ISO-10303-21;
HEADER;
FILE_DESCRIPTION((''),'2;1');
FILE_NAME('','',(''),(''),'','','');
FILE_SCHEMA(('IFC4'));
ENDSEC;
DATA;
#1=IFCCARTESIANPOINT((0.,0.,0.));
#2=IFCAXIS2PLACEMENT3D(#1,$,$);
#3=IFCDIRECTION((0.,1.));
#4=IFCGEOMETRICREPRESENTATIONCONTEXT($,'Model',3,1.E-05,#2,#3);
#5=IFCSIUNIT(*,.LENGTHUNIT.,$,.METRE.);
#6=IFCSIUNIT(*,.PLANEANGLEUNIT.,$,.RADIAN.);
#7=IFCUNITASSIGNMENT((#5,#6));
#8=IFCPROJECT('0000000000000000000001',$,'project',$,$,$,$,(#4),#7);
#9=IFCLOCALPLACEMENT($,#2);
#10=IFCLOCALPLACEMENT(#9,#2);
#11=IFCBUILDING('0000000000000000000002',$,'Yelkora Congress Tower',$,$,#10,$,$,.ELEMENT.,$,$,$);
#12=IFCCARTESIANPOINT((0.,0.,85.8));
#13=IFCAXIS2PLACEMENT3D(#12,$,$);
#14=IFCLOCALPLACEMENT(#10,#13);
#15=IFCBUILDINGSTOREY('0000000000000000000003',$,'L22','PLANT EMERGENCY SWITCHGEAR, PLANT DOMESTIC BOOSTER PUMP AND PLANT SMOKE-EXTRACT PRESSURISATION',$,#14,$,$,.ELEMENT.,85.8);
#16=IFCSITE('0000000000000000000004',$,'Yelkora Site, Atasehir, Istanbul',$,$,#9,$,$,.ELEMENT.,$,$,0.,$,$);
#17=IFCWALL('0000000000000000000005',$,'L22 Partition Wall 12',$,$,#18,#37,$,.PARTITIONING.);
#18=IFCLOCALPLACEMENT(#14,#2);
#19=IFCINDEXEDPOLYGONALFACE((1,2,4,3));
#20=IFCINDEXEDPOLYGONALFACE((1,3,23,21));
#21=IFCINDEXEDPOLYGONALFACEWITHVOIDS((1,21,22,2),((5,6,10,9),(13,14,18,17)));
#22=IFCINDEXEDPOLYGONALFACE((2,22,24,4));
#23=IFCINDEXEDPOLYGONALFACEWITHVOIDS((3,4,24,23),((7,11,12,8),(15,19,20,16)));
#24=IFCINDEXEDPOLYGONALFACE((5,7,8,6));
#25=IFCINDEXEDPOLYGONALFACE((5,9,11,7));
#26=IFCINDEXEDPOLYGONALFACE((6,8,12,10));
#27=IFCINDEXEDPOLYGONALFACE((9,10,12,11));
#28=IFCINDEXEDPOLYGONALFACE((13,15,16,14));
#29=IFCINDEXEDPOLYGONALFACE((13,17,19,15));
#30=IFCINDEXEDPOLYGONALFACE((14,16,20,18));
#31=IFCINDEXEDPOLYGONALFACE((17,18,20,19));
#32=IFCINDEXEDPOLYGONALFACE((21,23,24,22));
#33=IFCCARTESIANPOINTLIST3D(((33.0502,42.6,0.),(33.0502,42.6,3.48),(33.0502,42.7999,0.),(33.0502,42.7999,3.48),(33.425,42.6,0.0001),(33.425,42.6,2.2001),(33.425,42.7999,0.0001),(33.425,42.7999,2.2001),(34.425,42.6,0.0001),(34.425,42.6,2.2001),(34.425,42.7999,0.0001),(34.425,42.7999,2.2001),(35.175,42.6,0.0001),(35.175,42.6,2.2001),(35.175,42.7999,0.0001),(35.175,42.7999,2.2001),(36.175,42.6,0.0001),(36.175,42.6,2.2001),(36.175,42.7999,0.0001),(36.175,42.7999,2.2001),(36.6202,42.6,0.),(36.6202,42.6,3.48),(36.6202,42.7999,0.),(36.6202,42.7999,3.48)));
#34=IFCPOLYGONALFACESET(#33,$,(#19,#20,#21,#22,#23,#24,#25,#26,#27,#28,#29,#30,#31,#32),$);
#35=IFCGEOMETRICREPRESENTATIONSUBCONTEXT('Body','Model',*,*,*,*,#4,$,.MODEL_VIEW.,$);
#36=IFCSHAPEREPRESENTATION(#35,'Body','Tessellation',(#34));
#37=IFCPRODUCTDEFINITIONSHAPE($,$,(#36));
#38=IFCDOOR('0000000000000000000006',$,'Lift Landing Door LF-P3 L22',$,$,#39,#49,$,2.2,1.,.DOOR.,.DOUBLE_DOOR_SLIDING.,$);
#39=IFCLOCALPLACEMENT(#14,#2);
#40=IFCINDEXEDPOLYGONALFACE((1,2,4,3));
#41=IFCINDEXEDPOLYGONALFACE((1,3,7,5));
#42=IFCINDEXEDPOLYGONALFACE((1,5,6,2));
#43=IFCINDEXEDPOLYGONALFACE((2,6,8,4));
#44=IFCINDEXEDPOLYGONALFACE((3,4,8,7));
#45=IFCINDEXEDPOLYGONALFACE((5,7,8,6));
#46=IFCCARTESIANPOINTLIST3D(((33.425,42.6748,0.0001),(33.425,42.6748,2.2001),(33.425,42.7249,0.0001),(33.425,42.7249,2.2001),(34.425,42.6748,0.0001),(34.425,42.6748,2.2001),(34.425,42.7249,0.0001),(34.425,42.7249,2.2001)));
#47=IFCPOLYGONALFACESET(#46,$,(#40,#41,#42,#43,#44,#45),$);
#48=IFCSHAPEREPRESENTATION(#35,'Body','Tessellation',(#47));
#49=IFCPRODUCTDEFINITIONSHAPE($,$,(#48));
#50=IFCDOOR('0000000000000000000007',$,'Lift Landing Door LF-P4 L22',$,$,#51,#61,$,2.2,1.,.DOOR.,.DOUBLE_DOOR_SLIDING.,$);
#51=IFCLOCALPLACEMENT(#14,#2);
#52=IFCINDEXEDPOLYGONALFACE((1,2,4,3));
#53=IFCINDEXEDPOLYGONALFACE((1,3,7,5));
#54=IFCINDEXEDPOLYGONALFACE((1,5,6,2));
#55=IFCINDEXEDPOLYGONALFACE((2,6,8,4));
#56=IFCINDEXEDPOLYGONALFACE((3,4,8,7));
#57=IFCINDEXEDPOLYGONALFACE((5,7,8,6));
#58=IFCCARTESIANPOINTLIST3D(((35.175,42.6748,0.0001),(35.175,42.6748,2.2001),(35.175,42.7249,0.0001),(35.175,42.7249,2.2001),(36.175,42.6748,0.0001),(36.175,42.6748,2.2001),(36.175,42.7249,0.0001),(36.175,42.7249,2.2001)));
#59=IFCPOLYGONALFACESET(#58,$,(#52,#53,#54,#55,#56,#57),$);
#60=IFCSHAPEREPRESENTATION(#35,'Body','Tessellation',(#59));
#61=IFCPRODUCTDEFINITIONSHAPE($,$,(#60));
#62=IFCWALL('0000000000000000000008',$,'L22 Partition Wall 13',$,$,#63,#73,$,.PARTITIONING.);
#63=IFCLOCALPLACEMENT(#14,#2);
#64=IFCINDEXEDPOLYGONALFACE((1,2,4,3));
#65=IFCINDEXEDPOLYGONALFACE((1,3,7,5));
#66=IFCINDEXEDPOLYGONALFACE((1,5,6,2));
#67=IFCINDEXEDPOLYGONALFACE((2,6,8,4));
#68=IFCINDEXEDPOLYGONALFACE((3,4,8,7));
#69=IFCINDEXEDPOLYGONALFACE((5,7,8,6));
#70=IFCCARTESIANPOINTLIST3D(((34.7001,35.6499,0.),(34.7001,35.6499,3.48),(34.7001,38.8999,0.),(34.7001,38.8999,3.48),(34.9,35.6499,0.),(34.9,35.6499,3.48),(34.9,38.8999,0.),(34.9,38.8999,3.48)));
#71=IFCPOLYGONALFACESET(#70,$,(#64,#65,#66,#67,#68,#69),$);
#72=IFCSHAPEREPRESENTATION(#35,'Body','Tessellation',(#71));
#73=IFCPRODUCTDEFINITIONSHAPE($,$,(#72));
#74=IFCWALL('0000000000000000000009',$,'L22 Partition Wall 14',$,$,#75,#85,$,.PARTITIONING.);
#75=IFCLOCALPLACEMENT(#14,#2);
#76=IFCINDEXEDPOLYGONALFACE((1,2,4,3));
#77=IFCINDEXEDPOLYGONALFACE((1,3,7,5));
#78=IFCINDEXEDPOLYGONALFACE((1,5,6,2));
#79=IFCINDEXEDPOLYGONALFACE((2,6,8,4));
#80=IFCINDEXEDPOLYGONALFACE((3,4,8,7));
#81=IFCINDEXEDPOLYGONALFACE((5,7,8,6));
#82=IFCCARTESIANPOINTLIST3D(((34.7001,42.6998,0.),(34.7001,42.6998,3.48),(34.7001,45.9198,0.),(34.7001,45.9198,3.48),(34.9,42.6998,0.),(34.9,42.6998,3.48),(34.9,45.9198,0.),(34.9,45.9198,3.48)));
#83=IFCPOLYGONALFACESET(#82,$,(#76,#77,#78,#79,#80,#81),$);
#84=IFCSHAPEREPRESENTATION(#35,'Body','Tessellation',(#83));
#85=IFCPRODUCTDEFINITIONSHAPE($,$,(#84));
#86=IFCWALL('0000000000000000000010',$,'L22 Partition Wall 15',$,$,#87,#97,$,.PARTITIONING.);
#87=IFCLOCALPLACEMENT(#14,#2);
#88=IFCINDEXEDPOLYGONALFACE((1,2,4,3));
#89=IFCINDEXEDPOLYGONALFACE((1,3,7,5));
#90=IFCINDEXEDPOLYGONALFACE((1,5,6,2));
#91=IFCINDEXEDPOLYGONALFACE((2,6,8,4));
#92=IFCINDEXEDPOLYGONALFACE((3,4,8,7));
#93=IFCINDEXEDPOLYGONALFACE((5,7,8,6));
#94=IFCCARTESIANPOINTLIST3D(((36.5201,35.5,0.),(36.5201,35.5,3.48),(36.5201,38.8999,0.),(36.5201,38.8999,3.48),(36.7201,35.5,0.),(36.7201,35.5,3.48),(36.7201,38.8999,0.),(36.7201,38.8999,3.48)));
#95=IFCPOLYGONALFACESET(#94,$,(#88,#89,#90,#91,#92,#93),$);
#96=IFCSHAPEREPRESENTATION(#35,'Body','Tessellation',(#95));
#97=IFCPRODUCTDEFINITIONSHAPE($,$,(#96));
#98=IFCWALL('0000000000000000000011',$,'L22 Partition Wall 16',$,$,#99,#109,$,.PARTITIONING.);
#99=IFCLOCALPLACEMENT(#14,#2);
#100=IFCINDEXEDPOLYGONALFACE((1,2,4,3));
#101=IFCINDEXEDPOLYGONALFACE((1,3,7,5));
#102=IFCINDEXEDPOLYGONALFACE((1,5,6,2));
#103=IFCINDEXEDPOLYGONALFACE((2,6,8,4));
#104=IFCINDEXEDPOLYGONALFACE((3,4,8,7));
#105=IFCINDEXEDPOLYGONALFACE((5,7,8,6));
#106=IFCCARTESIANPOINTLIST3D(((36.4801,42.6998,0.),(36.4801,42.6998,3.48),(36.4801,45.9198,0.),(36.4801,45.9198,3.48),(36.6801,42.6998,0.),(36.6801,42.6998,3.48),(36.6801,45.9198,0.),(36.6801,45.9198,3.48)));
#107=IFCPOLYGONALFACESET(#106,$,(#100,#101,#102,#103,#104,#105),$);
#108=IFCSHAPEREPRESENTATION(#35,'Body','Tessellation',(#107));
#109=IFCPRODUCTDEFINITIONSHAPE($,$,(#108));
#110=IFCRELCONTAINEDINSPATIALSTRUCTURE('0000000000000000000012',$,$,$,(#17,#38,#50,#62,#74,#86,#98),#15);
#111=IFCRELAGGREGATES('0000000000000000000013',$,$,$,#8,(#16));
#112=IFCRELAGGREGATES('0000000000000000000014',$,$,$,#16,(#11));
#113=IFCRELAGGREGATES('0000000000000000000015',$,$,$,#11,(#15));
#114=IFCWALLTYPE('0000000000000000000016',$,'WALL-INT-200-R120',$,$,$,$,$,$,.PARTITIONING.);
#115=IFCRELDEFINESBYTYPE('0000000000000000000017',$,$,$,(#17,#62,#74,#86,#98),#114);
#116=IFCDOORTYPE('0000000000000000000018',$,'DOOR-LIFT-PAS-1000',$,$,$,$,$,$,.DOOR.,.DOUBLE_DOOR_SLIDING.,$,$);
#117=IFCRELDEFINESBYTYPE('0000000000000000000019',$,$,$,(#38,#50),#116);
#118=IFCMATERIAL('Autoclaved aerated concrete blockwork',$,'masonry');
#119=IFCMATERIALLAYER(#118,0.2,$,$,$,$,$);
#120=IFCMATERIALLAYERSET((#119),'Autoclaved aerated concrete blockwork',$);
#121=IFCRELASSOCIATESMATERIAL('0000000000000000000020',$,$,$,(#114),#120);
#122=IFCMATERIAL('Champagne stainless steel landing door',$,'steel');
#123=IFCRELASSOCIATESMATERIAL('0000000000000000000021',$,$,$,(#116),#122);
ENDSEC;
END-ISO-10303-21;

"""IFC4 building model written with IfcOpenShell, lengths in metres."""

from ifc_helpers import new_model, si_unit, direction, frame, frame_2d, origin, place, context, subcontext, project, spatial, rectangle, extrude, material, layer, layer_set, type_object, element, fill, save


model = new_model("IFC4")

# Units and contexts
model_context = context("Model", 3, precision=1e-05, world=origin(), true_north=direction((0.0, 1.0)))
body_context = subcontext(model_context, "Body", "Model", "MODEL_VIEW")
ifc_project = project(units=[si_unit("LENGTHUNIT", "METRE"), si_unit("PLANEANGLEUNIT", "RADIAN")], contexts=[model_context])

# Site, building, storey
site_placement = place(None, origin())
site = spatial("IfcSite", under=ifc_project, at=site_placement, Name="Yelkora Site, Atasehir, Istanbul", CompositionType="ELEMENT", RefElevation=0.0)
building_placement = place(site_placement, origin())
building = spatial("IfcBuilding", under=site, at=building_placement, Name="Yelkora Congress Tower", CompositionType="ELEMENT")
storey_placement = place(building_placement, frame((0.0, 0.0, 85.8)))
storey = spatial("IfcBuildingStorey", under=building, at=storey_placement, Name="L22", Description="PLANT EMERGENCY SWITCHGEAR, PLANT DOMESTIC BOOSTER PUMP AND PLANT SMOKE-EXTRACT PRESSURISATION", CompositionType="ELEMENT", Elevation=85.8)

# Shared definitions
ifc_material_1 = material(Name="Autoclaved aerated concrete blockwork", Category="masonry")
ifc_layer_1 = layer(ifc_material_1, 0.2)
ifc_layer_set_1 = layer_set([ifc_layer_1], Name="Autoclaved aerated concrete blockwork")
wall_type_1 = type_object("IfcWallType", Name="WALL-INT-200-R120", PredefinedType="PARTITIONING", material=ifc_layer_set_1)

# Wall, openings, doors
ifc_material_2 = material(Name="Champagne stainless steel landing door", Category="steel")
door_type_1 = type_object("IfcDoorType", Name="DOOR-LIFT-PAS-1000", OperationType="DOUBLE_DOOR_SLIDING", PredefinedType="DOOR", material=ifc_material_2)
wall_1_placement = place(storey_placement, frame((33.05, 42.7, 0.0), z_axis=(0.0, 0.0, 1.0), x_axis=(1.0, 0.0, 0.0)))
wall_1 = element("IfcWall", 1, at=wall_1_placement, inside=storey, type_object=wall_type_1, Name="L22 Partition Wall 12", PredefinedType="PARTITIONING", context=body_context, shape_type="SweptSolid", body=[
    extrude(rectangle(XDim=3.5701, YDim=0.2, at=frame_2d((1.7852, 0.0))), origin(), (0.0, 0.0, 1.0), 3.48),
])
opening_1_placement = place(wall_1_placement, frame((0.375, 0.0, 0.0)))
opening_1 = element("IfcOpeningElement", 2, at=opening_1_placement, cuts=wall_1, PredefinedType="OPENING", context=body_context, shape_type="SweptSolid", body=[
    extrude(rectangle(XDim=1.0, YDim=2.2, at=frame_2d((0.5, 1.1001))), frame((0.0, 0.1099, 0.0), z_axis=(0.0, -1.0, 0.0), x_axis=(1.0, 0.0, 0.0)), (0.0, 0.0, 1.0), 0.22),
])
opening_2_placement = place(wall_1_placement, frame((2.125, 0.0, 0.0)))
opening_2 = element("IfcOpeningElement", 3, at=opening_2_placement, cuts=wall_1, PredefinedType="OPENING", context=body_context, shape_type="SweptSolid", body=[
    extrude(rectangle(XDim=1.0, YDim=2.2, at=frame_2d((0.5, 1.1001))), frame((0.0, 0.1099, 0.0), z_axis=(0.0, -1.0, 0.0), x_axis=(1.0, 0.0, 0.0)), (0.0, 0.0, 1.0), 0.22),
])
door_1_placement = place(opening_1_placement, origin())
door_1 = element("IfcDoor", 4, at=door_1_placement, inside=storey, type_object=door_type_1, Name="Lift Landing Door LF-P3 L22", OperationType="DOUBLE_DOOR_SLIDING", OverallHeight=2.2, OverallWidth=1.0, PredefinedType="DOOR", context=body_context, shape_type="SweptSolid", body=[
    extrude(rectangle(XDim=1.0, YDim=2.2, at=frame_2d((0.5, 1.1001))), frame((0.0, 0.0249, 0.0), z_axis=(0.0, -1.0, 0.0), x_axis=(1.0, 0.0, 0.0)), (0.0, 0.0, 1.0), 0.05),
])
fill(opening_1, door_1)
door_2_placement = place(opening_2_placement, origin())
door_2 = element("IfcDoor", 5, at=door_2_placement, inside=storey, type_object=door_type_1, Name="Lift Landing Door LF-P4 L22", OperationType="DOUBLE_DOOR_SLIDING", OverallHeight=2.2, OverallWidth=1.0, PredefinedType="DOOR", context=body_context, shape_type="SweptSolid", body=[
    extrude(rectangle(XDim=1.0, YDim=2.2, at=frame_2d((0.5, 1.1001))), frame((0.0, 0.0249, 0.0), z_axis=(0.0, -1.0, 0.0), x_axis=(1.0, 0.0, 0.0)), (0.0, 0.0, 1.0), 0.05),
])
fill(opening_2, door_2)

# Walls
wall_2_placement = place(storey_placement, frame((34.8, 35.6499, 0.0), z_axis=(0.0, 0.0, 1.0), x_axis=(0.0, 1.0, 0.0)))
element("IfcWall", 6, at=wall_2_placement, inside=storey, type_object=wall_type_1, Name="L22 Partition Wall 13", PredefinedType="PARTITIONING", context=body_context, shape_type="SweptSolid", body=[
    extrude(rectangle(XDim=3.25, YDim=0.2, at=frame_2d((1.625, 0.0))), origin(), (0.0, 0.0, 1.0), 3.48),
])
wall_3_placement = place(storey_placement, frame((34.8, 42.7, 0.0), z_axis=(0.0, 0.0, 1.0), x_axis=(0.0, 1.0, 0.0)))
element("IfcWall", 7, at=wall_3_placement, inside=storey, type_object=wall_type_1, Name="L22 Partition Wall 14", PredefinedType="PARTITIONING", context=body_context, shape_type="SweptSolid", body=[
    extrude(rectangle(XDim=3.22, YDim=0.2, at=frame_2d((1.6099, 0.0))), origin(), (0.0, 0.0, 1.0), 3.48),
])
wall_4_placement = place(storey_placement, frame((36.6201, 35.5, 0.0), z_axis=(0.0, 0.0, 1.0), x_axis=(0.0, 1.0, 0.0)))
element("IfcWall", 8, at=wall_4_placement, inside=storey, type_object=wall_type_1, Name="L22 Partition Wall 15", PredefinedType="PARTITIONING", context=body_context, shape_type="SweptSolid", body=[
    extrude(rectangle(XDim=3.3999, YDim=0.2, at=frame_2d((1.7, 0.0))), origin(), (0.0, 0.0, 1.0), 3.48),
])
wall_5_placement = place(storey_placement, frame((36.5801, 42.7, 0.0), z_axis=(0.0, 0.0, 1.0), x_axis=(0.0, 1.0, 0.0)))
element("IfcWall", 9, at=wall_5_placement, inside=storey, type_object=wall_type_1, Name="L22 Partition Wall 16", PredefinedType="PARTITIONING", context=body_context, shape_type="SweptSolid", body=[
    extrude(rectangle(XDim=3.22, YDim=0.2, at=frame_2d((1.6099, 0.0))), origin(), (0.0, 0.0, 1.0), 3.48),
])

save(model, "model.ifc")
